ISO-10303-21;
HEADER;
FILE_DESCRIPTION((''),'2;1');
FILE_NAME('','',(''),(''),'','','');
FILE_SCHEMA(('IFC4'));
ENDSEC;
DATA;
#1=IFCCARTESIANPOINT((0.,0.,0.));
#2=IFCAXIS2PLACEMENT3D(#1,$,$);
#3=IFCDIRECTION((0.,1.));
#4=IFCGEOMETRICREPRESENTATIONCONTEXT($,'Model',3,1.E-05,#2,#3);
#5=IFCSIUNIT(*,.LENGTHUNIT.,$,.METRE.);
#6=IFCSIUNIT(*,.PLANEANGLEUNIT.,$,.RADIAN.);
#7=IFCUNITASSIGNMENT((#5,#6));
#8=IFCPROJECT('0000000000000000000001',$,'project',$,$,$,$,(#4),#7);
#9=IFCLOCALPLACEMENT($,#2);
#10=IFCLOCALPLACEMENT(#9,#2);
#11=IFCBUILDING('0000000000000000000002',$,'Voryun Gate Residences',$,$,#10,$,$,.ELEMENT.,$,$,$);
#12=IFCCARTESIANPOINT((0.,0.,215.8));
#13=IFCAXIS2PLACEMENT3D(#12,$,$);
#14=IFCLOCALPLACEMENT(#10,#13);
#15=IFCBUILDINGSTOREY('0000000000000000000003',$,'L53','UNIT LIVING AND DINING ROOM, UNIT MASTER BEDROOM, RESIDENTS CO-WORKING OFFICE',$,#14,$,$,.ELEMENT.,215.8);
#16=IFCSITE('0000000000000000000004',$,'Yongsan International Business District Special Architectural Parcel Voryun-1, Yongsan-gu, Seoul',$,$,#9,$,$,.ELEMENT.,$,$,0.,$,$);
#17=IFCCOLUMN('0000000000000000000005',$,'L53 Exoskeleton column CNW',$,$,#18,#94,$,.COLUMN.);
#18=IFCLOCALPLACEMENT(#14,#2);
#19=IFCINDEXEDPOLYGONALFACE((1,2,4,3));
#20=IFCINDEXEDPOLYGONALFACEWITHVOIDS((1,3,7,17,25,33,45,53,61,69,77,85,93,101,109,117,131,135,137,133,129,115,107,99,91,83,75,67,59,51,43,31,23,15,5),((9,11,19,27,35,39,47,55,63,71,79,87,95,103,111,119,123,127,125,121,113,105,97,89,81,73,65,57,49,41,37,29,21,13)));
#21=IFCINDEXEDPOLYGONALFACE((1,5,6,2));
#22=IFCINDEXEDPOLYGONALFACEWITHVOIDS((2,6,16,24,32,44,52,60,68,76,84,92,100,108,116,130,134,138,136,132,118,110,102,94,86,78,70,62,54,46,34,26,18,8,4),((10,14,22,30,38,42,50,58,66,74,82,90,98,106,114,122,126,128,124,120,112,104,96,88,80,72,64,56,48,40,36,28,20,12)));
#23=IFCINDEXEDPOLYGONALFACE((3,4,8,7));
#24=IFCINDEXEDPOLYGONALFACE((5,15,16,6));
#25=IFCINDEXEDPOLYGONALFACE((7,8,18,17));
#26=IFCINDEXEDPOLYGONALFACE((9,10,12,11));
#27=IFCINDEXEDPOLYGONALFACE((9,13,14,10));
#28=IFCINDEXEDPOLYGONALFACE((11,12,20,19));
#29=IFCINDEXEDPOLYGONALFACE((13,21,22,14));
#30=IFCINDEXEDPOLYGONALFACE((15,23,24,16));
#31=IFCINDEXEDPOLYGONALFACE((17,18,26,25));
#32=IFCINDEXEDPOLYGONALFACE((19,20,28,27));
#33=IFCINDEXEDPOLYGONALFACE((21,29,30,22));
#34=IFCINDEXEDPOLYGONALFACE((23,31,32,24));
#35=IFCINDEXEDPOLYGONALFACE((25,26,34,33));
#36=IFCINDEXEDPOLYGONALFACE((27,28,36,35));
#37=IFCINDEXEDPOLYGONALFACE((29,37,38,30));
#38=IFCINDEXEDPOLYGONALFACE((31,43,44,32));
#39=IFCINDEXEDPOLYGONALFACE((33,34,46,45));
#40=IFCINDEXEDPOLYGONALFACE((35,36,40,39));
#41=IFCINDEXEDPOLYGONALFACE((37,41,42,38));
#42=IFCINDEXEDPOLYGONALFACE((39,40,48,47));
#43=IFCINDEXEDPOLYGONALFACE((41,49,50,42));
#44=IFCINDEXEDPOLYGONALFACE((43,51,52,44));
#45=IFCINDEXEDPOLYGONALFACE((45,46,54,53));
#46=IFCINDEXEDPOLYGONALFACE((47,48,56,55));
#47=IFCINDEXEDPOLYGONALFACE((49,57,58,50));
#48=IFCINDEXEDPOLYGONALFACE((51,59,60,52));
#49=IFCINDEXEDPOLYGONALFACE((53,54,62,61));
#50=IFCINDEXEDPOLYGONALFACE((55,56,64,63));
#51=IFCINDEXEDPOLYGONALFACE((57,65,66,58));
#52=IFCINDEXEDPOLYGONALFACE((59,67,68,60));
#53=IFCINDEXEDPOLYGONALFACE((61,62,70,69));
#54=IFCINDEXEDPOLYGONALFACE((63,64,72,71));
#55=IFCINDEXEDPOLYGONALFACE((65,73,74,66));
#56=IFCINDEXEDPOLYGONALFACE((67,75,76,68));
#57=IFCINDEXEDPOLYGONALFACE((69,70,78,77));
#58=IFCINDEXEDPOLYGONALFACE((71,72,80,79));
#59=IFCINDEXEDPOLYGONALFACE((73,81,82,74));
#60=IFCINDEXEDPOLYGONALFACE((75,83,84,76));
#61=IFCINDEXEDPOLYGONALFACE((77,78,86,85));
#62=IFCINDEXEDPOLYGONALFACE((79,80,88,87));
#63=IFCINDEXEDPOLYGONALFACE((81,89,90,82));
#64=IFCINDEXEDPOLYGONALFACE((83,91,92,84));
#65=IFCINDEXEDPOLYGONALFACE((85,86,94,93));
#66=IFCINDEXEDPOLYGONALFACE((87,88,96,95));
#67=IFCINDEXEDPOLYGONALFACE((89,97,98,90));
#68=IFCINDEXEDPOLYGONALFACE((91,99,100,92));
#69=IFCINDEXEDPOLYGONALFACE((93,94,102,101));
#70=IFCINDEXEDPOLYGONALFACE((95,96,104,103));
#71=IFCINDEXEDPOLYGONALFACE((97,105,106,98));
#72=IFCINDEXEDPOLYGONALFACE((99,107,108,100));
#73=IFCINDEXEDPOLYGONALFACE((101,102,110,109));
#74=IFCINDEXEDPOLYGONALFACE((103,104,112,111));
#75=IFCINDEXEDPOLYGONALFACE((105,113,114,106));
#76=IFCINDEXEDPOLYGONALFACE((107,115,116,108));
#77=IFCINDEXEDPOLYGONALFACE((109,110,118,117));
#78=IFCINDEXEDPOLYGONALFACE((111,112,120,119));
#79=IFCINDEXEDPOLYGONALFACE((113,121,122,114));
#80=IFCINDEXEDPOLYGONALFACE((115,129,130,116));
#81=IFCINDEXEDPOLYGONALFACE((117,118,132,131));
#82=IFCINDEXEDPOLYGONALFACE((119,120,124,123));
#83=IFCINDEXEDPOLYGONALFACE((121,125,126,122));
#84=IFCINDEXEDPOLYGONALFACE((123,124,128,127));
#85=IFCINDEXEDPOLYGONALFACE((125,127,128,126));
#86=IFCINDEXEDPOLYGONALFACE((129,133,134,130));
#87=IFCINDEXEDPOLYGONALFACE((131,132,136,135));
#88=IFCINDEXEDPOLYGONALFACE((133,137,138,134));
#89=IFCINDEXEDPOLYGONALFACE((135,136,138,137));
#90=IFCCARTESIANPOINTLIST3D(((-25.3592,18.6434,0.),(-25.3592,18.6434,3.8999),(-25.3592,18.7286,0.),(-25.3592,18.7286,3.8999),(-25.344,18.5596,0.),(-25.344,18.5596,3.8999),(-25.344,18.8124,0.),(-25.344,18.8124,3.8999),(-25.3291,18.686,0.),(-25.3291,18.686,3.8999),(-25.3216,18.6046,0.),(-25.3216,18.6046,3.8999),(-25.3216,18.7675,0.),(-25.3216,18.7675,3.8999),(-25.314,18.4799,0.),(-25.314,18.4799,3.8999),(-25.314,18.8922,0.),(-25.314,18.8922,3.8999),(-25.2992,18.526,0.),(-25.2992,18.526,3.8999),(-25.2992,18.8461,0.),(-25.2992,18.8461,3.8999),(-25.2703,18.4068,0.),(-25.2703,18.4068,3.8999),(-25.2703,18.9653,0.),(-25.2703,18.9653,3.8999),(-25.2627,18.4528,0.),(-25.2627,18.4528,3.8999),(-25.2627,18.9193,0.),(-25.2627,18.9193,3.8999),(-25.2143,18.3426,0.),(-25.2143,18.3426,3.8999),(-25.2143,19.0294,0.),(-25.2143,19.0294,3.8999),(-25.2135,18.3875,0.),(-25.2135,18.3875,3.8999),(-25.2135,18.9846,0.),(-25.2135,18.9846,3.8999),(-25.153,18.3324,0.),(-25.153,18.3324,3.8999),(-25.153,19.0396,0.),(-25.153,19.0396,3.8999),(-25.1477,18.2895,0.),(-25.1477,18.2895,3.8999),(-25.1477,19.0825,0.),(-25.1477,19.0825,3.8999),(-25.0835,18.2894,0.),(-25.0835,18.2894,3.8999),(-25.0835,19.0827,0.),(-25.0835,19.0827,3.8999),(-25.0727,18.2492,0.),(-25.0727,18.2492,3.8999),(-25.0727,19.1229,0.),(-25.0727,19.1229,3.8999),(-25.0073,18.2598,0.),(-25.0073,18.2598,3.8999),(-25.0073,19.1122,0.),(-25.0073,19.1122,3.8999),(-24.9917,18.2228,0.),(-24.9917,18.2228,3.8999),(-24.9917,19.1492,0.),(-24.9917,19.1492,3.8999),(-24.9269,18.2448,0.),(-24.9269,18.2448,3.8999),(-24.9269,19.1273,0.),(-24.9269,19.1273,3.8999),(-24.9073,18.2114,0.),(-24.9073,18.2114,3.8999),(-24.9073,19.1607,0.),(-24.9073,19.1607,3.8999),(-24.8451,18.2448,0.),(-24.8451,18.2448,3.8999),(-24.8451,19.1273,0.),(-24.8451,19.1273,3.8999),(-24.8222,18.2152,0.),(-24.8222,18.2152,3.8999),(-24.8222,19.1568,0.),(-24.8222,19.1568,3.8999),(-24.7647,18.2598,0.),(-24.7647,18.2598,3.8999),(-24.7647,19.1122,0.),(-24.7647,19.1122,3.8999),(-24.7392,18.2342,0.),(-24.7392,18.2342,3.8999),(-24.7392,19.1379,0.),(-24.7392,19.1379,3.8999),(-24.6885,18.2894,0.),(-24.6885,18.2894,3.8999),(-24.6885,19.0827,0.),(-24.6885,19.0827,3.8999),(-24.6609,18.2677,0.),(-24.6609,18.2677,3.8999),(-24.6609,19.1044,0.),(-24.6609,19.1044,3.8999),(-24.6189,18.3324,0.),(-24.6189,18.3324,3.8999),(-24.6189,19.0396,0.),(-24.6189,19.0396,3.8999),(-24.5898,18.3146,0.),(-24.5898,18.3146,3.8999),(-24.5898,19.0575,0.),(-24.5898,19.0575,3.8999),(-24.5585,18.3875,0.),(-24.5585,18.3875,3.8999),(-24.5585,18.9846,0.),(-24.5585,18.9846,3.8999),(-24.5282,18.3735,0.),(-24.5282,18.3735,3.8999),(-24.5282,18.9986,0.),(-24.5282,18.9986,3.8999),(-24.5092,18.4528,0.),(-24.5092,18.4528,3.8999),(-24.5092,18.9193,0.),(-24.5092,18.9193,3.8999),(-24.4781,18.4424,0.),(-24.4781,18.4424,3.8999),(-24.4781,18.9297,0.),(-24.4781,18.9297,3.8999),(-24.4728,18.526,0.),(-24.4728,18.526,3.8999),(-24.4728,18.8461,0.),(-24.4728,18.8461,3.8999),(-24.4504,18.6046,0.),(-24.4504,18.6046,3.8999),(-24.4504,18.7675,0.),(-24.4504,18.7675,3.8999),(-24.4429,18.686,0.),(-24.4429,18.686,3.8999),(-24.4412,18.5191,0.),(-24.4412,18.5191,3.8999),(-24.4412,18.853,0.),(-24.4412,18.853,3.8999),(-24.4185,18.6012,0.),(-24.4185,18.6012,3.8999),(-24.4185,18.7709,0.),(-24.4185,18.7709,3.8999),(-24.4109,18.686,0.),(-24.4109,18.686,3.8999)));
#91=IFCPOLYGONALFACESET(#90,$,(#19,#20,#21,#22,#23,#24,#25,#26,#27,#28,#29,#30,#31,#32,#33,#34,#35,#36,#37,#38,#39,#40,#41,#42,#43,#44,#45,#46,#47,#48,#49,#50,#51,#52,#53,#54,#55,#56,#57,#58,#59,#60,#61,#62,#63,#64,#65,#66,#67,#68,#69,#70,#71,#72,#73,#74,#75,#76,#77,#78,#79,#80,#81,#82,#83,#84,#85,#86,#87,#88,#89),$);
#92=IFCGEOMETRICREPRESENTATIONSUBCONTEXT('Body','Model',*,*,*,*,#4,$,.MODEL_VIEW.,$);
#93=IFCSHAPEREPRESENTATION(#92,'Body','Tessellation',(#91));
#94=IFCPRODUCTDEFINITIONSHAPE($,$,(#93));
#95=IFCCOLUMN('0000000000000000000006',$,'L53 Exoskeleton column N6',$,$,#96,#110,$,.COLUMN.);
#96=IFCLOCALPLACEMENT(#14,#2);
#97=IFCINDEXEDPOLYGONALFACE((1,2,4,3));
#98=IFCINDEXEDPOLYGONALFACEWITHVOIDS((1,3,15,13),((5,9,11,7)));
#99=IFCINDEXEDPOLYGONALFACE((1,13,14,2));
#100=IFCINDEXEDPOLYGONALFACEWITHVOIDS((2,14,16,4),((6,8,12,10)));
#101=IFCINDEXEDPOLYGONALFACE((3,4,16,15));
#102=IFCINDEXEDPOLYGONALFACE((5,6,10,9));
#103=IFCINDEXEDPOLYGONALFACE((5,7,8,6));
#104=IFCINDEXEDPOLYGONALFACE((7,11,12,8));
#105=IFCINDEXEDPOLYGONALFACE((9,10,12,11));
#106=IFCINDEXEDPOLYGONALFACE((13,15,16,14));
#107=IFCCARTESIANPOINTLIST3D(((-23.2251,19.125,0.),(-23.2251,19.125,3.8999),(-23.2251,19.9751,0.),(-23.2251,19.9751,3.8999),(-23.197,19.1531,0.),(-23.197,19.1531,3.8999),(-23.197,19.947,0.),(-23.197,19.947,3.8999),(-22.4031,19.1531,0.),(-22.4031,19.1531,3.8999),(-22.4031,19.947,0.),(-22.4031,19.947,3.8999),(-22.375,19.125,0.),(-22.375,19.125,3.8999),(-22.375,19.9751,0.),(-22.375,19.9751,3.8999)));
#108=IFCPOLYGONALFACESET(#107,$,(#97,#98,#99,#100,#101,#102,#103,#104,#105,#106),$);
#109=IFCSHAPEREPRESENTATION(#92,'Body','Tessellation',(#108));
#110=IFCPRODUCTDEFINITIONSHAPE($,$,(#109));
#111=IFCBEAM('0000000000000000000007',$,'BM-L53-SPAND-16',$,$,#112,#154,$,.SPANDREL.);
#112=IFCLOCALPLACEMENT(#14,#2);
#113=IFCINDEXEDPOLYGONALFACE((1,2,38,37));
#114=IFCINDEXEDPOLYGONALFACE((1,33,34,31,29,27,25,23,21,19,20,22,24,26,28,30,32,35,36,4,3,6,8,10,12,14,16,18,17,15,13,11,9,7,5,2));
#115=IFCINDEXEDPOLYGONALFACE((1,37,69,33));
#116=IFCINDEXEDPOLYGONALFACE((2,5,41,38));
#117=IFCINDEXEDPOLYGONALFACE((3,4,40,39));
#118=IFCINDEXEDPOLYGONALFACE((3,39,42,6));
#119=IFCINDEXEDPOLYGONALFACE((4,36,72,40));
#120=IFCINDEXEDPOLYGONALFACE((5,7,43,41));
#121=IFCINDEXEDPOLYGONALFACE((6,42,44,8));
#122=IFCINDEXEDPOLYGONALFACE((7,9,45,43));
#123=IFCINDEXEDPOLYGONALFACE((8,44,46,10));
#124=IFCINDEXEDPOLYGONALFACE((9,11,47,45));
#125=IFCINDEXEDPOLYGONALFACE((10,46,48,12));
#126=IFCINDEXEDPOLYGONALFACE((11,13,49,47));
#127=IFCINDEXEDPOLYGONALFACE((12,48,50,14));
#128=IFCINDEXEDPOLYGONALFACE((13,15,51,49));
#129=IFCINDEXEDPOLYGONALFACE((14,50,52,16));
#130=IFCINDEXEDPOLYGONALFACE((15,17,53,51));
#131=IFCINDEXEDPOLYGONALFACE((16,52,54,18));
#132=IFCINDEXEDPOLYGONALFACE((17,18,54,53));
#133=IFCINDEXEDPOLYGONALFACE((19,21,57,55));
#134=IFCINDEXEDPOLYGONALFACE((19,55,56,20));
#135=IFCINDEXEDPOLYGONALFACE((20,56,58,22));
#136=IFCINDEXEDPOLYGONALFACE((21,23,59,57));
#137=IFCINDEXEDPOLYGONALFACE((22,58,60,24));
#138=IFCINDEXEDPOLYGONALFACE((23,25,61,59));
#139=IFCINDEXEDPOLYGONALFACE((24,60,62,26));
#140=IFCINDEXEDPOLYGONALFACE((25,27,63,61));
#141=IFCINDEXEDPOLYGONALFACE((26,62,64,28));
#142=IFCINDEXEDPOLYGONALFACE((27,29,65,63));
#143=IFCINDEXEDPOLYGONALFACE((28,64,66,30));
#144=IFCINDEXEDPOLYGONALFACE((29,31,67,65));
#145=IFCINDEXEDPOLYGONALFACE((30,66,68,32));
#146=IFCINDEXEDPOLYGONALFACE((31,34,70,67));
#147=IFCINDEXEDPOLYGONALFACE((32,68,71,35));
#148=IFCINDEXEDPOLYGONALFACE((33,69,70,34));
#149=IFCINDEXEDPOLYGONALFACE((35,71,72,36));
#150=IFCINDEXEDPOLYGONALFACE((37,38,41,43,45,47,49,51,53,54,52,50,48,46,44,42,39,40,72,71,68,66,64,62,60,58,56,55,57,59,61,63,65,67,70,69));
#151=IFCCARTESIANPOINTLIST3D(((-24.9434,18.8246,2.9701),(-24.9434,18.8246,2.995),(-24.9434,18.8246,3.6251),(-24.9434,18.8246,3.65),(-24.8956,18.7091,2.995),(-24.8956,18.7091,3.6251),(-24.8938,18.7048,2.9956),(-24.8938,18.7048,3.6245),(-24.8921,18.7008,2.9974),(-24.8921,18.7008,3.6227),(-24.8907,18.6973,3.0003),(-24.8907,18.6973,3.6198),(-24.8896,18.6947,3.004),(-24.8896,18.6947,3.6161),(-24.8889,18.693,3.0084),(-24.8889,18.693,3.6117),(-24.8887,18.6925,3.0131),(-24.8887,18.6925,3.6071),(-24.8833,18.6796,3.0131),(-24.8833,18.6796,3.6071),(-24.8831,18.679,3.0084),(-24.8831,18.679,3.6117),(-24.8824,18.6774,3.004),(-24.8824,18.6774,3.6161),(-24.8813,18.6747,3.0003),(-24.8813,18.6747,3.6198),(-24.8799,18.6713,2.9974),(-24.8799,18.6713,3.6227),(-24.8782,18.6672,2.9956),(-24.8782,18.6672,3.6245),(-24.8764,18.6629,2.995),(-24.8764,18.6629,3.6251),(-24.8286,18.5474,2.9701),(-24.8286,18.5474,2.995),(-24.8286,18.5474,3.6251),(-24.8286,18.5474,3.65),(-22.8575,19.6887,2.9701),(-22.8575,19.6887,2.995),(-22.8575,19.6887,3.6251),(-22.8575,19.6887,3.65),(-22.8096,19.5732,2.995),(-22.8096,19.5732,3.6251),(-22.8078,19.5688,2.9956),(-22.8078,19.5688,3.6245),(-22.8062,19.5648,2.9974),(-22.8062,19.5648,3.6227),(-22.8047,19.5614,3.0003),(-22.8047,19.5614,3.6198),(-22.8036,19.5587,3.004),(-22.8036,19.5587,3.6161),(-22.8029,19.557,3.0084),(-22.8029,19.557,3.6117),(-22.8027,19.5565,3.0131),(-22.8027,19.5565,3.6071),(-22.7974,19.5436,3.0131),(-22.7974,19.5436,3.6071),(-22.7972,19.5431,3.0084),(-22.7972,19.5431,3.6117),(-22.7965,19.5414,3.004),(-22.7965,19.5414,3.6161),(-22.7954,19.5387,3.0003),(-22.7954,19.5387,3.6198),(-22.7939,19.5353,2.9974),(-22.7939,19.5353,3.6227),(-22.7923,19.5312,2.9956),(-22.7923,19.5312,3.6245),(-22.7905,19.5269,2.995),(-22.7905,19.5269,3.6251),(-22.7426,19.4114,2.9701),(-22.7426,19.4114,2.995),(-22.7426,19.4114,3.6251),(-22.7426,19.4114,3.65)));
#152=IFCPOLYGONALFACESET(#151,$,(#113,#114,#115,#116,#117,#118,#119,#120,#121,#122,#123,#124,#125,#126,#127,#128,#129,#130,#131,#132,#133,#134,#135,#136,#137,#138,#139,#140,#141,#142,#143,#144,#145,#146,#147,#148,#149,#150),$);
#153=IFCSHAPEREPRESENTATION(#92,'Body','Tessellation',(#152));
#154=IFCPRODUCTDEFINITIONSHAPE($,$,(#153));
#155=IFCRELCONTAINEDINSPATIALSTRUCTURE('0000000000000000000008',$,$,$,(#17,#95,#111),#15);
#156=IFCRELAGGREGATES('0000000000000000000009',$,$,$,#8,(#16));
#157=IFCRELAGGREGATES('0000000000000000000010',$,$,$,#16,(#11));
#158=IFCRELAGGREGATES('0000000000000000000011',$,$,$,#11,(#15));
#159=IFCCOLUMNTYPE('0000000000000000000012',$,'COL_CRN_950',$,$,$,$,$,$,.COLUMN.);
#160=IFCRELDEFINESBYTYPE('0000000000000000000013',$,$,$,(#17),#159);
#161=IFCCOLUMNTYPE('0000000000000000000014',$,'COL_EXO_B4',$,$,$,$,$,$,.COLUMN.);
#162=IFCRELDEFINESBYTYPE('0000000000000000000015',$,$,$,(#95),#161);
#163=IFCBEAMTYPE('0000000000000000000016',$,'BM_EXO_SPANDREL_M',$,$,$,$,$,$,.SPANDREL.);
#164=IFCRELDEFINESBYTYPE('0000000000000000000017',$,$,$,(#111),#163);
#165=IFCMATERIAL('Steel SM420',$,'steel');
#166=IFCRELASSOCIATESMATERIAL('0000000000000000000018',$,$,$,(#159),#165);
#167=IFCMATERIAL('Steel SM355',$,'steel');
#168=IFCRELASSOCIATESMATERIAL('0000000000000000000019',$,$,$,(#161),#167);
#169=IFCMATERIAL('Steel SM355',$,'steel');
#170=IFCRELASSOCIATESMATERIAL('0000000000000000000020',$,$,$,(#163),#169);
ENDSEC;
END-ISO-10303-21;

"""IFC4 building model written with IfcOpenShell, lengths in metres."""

from ifc_helpers import new_model, si_unit, direction, frame, origin, origin_2d, place, context, subcontext, project, spatial, hollow_rectangle, hollow_circle, i_section, extrude, material, material_profile, profile_set, type_object, element, save


model = new_model("IFC4")

# Units and contexts
model_context = context("Model", 3, precision=1e-05, world=origin(), true_north=direction((0.0, 1.0)))
body_context = subcontext(model_context, "Body", "Model", "MODEL_VIEW")
ifc_project = project(units=[si_unit("LENGTHUNIT", "METRE"), si_unit("PLANEANGLEUNIT", "RADIAN")], contexts=[model_context])

# Site, building, storey
site_placement = place(None, origin())
site = spatial("IfcSite", under=ifc_project, at=site_placement, Name="Yongsan International Business District Special Architectural Parcel Voryun-1, Yongsan-gu, Seoul", CompositionType="ELEMENT", RefElevation=0.0)
building_placement = place(site_placement, origin())
building = spatial("IfcBuilding", under=site, at=building_placement, Name="Voryun Gate Residences", CompositionType="ELEMENT")
storey_placement = place(building_placement, frame((0.0, 0.0, 215.8)))
storey = spatial("IfcBuildingStorey", under=building, at=storey_placement, Name="L53", Description="UNIT LIVING AND DINING ROOM, UNIT MASTER BEDROOM, RESIDENTS CO-WORKING OFFICE", CompositionType="ELEMENT", Elevation=215.8)

# Columns
ifc_material_1 = material(Name="Steel SM420", Category="steel")
ifc_material_profile_1 = material_profile(ifc_material_1, hollow_circle(Radius=0.4751, WallThickness=0.032, at=origin_2d()), Name="CHS-950x32")
ifc_profile_set_1 = profile_set([ifc_material_profile_1], Name="Steel SM420")
column_type_1 = type_object("IfcColumnType", Name="COL_CRN_950", PredefinedType="COLUMN", material=ifc_profile_set_1)
column_1_placement = place(storey_placement, frame((-24.886, 18.686, 0.0), z_axis=(0.0, 0.0, 1.0), x_axis=(1.0, 0.0, 0.0)))
element("IfcColumn", 1, at=column_1_placement, inside=storey, type_object=column_type_1, Name="L53 Exoskeleton column CNW", PredefinedType="COLUMN", context=body_context, shape_type="SweptSolid", body=[
    extrude(hollow_circle(Radius=0.4751, WallThickness=0.032, at=origin_2d()), origin(), (0.0, 0.0, 1.0), 3.8999),
])
ifc_material_2 = material(Name="Steel SM355", Category="steel")
ifc_material_profile_2 = material_profile(ifc_material_2, hollow_rectangle(XDim=0.8501, YDim=0.8501, WallThickness=0.0281, at=origin_2d()), Name="BOX-850x850x28")
ifc_profile_set_2 = profile_set([ifc_material_profile_2], Name="Steel SM355")
column_type_2 = type_object("IfcColumnType", Name="COL_EXO_B4", PredefinedType="COLUMN", material=ifc_profile_set_2)
column_2_placement = place(storey_placement, frame((-22.8, 19.55, 0.0), z_axis=(0.0, 0.0, 1.0), x_axis=(1.0, 0.0, 0.0)))
element("IfcColumn", 2, at=column_2_placement, inside=storey, type_object=column_type_2, Name="L53 Exoskeleton column N6", PredefinedType="COLUMN", context=body_context, shape_type="SweptSolid", body=[
    extrude(hollow_rectangle(XDim=0.8501, YDim=0.8501, WallThickness=0.0281, at=origin_2d()), origin(), (0.0, 0.0, 1.0), 3.8999),
])

# Beam
ifc_material_3 = material(Name="Steel SM355", Category="steel")
ifc_material_profile_3 = material_profile(ifc_material_3, i_section(OverallWidth=0.3, OverallDepth=0.6799, WebThickness=0.0139, FlangeThickness=0.0249, FilletRadius=0.0181, at=origin_2d()), Name="H-680x300x14x25")
ifc_profile_set_3 = profile_set([ifc_material_profile_3], Name="Steel SM355")
beam_type = type_object("IfcBeamType", Name="BM_EXO_SPANDREL_M", PredefinedType="SPANDREL", material=ifc_profile_set_3)
beam_1_placement = place(storey_placement, frame((-22.8, 19.55, 3.3101), z_axis=(-0.923881, -0.38268, 0.0), x_axis=(0.38268, -0.923881, 0.0)))
element("IfcBeam", 3, at=beam_1_placement, inside=storey, type_object=beam_type, Name="BM-L53-SPAND-16", PredefinedType="SPANDREL", context=body_context, shape_type="SweptSolid", body=[
    extrude(i_section(OverallWidth=0.3, OverallDepth=0.6799, WebThickness=0.0139, FlangeThickness=0.0249, FilletRadius=0.0181, at=origin_2d()), origin(), (0.0, 0.0, 1.0), 2.2578),
])

save(model, "model.ifc")
